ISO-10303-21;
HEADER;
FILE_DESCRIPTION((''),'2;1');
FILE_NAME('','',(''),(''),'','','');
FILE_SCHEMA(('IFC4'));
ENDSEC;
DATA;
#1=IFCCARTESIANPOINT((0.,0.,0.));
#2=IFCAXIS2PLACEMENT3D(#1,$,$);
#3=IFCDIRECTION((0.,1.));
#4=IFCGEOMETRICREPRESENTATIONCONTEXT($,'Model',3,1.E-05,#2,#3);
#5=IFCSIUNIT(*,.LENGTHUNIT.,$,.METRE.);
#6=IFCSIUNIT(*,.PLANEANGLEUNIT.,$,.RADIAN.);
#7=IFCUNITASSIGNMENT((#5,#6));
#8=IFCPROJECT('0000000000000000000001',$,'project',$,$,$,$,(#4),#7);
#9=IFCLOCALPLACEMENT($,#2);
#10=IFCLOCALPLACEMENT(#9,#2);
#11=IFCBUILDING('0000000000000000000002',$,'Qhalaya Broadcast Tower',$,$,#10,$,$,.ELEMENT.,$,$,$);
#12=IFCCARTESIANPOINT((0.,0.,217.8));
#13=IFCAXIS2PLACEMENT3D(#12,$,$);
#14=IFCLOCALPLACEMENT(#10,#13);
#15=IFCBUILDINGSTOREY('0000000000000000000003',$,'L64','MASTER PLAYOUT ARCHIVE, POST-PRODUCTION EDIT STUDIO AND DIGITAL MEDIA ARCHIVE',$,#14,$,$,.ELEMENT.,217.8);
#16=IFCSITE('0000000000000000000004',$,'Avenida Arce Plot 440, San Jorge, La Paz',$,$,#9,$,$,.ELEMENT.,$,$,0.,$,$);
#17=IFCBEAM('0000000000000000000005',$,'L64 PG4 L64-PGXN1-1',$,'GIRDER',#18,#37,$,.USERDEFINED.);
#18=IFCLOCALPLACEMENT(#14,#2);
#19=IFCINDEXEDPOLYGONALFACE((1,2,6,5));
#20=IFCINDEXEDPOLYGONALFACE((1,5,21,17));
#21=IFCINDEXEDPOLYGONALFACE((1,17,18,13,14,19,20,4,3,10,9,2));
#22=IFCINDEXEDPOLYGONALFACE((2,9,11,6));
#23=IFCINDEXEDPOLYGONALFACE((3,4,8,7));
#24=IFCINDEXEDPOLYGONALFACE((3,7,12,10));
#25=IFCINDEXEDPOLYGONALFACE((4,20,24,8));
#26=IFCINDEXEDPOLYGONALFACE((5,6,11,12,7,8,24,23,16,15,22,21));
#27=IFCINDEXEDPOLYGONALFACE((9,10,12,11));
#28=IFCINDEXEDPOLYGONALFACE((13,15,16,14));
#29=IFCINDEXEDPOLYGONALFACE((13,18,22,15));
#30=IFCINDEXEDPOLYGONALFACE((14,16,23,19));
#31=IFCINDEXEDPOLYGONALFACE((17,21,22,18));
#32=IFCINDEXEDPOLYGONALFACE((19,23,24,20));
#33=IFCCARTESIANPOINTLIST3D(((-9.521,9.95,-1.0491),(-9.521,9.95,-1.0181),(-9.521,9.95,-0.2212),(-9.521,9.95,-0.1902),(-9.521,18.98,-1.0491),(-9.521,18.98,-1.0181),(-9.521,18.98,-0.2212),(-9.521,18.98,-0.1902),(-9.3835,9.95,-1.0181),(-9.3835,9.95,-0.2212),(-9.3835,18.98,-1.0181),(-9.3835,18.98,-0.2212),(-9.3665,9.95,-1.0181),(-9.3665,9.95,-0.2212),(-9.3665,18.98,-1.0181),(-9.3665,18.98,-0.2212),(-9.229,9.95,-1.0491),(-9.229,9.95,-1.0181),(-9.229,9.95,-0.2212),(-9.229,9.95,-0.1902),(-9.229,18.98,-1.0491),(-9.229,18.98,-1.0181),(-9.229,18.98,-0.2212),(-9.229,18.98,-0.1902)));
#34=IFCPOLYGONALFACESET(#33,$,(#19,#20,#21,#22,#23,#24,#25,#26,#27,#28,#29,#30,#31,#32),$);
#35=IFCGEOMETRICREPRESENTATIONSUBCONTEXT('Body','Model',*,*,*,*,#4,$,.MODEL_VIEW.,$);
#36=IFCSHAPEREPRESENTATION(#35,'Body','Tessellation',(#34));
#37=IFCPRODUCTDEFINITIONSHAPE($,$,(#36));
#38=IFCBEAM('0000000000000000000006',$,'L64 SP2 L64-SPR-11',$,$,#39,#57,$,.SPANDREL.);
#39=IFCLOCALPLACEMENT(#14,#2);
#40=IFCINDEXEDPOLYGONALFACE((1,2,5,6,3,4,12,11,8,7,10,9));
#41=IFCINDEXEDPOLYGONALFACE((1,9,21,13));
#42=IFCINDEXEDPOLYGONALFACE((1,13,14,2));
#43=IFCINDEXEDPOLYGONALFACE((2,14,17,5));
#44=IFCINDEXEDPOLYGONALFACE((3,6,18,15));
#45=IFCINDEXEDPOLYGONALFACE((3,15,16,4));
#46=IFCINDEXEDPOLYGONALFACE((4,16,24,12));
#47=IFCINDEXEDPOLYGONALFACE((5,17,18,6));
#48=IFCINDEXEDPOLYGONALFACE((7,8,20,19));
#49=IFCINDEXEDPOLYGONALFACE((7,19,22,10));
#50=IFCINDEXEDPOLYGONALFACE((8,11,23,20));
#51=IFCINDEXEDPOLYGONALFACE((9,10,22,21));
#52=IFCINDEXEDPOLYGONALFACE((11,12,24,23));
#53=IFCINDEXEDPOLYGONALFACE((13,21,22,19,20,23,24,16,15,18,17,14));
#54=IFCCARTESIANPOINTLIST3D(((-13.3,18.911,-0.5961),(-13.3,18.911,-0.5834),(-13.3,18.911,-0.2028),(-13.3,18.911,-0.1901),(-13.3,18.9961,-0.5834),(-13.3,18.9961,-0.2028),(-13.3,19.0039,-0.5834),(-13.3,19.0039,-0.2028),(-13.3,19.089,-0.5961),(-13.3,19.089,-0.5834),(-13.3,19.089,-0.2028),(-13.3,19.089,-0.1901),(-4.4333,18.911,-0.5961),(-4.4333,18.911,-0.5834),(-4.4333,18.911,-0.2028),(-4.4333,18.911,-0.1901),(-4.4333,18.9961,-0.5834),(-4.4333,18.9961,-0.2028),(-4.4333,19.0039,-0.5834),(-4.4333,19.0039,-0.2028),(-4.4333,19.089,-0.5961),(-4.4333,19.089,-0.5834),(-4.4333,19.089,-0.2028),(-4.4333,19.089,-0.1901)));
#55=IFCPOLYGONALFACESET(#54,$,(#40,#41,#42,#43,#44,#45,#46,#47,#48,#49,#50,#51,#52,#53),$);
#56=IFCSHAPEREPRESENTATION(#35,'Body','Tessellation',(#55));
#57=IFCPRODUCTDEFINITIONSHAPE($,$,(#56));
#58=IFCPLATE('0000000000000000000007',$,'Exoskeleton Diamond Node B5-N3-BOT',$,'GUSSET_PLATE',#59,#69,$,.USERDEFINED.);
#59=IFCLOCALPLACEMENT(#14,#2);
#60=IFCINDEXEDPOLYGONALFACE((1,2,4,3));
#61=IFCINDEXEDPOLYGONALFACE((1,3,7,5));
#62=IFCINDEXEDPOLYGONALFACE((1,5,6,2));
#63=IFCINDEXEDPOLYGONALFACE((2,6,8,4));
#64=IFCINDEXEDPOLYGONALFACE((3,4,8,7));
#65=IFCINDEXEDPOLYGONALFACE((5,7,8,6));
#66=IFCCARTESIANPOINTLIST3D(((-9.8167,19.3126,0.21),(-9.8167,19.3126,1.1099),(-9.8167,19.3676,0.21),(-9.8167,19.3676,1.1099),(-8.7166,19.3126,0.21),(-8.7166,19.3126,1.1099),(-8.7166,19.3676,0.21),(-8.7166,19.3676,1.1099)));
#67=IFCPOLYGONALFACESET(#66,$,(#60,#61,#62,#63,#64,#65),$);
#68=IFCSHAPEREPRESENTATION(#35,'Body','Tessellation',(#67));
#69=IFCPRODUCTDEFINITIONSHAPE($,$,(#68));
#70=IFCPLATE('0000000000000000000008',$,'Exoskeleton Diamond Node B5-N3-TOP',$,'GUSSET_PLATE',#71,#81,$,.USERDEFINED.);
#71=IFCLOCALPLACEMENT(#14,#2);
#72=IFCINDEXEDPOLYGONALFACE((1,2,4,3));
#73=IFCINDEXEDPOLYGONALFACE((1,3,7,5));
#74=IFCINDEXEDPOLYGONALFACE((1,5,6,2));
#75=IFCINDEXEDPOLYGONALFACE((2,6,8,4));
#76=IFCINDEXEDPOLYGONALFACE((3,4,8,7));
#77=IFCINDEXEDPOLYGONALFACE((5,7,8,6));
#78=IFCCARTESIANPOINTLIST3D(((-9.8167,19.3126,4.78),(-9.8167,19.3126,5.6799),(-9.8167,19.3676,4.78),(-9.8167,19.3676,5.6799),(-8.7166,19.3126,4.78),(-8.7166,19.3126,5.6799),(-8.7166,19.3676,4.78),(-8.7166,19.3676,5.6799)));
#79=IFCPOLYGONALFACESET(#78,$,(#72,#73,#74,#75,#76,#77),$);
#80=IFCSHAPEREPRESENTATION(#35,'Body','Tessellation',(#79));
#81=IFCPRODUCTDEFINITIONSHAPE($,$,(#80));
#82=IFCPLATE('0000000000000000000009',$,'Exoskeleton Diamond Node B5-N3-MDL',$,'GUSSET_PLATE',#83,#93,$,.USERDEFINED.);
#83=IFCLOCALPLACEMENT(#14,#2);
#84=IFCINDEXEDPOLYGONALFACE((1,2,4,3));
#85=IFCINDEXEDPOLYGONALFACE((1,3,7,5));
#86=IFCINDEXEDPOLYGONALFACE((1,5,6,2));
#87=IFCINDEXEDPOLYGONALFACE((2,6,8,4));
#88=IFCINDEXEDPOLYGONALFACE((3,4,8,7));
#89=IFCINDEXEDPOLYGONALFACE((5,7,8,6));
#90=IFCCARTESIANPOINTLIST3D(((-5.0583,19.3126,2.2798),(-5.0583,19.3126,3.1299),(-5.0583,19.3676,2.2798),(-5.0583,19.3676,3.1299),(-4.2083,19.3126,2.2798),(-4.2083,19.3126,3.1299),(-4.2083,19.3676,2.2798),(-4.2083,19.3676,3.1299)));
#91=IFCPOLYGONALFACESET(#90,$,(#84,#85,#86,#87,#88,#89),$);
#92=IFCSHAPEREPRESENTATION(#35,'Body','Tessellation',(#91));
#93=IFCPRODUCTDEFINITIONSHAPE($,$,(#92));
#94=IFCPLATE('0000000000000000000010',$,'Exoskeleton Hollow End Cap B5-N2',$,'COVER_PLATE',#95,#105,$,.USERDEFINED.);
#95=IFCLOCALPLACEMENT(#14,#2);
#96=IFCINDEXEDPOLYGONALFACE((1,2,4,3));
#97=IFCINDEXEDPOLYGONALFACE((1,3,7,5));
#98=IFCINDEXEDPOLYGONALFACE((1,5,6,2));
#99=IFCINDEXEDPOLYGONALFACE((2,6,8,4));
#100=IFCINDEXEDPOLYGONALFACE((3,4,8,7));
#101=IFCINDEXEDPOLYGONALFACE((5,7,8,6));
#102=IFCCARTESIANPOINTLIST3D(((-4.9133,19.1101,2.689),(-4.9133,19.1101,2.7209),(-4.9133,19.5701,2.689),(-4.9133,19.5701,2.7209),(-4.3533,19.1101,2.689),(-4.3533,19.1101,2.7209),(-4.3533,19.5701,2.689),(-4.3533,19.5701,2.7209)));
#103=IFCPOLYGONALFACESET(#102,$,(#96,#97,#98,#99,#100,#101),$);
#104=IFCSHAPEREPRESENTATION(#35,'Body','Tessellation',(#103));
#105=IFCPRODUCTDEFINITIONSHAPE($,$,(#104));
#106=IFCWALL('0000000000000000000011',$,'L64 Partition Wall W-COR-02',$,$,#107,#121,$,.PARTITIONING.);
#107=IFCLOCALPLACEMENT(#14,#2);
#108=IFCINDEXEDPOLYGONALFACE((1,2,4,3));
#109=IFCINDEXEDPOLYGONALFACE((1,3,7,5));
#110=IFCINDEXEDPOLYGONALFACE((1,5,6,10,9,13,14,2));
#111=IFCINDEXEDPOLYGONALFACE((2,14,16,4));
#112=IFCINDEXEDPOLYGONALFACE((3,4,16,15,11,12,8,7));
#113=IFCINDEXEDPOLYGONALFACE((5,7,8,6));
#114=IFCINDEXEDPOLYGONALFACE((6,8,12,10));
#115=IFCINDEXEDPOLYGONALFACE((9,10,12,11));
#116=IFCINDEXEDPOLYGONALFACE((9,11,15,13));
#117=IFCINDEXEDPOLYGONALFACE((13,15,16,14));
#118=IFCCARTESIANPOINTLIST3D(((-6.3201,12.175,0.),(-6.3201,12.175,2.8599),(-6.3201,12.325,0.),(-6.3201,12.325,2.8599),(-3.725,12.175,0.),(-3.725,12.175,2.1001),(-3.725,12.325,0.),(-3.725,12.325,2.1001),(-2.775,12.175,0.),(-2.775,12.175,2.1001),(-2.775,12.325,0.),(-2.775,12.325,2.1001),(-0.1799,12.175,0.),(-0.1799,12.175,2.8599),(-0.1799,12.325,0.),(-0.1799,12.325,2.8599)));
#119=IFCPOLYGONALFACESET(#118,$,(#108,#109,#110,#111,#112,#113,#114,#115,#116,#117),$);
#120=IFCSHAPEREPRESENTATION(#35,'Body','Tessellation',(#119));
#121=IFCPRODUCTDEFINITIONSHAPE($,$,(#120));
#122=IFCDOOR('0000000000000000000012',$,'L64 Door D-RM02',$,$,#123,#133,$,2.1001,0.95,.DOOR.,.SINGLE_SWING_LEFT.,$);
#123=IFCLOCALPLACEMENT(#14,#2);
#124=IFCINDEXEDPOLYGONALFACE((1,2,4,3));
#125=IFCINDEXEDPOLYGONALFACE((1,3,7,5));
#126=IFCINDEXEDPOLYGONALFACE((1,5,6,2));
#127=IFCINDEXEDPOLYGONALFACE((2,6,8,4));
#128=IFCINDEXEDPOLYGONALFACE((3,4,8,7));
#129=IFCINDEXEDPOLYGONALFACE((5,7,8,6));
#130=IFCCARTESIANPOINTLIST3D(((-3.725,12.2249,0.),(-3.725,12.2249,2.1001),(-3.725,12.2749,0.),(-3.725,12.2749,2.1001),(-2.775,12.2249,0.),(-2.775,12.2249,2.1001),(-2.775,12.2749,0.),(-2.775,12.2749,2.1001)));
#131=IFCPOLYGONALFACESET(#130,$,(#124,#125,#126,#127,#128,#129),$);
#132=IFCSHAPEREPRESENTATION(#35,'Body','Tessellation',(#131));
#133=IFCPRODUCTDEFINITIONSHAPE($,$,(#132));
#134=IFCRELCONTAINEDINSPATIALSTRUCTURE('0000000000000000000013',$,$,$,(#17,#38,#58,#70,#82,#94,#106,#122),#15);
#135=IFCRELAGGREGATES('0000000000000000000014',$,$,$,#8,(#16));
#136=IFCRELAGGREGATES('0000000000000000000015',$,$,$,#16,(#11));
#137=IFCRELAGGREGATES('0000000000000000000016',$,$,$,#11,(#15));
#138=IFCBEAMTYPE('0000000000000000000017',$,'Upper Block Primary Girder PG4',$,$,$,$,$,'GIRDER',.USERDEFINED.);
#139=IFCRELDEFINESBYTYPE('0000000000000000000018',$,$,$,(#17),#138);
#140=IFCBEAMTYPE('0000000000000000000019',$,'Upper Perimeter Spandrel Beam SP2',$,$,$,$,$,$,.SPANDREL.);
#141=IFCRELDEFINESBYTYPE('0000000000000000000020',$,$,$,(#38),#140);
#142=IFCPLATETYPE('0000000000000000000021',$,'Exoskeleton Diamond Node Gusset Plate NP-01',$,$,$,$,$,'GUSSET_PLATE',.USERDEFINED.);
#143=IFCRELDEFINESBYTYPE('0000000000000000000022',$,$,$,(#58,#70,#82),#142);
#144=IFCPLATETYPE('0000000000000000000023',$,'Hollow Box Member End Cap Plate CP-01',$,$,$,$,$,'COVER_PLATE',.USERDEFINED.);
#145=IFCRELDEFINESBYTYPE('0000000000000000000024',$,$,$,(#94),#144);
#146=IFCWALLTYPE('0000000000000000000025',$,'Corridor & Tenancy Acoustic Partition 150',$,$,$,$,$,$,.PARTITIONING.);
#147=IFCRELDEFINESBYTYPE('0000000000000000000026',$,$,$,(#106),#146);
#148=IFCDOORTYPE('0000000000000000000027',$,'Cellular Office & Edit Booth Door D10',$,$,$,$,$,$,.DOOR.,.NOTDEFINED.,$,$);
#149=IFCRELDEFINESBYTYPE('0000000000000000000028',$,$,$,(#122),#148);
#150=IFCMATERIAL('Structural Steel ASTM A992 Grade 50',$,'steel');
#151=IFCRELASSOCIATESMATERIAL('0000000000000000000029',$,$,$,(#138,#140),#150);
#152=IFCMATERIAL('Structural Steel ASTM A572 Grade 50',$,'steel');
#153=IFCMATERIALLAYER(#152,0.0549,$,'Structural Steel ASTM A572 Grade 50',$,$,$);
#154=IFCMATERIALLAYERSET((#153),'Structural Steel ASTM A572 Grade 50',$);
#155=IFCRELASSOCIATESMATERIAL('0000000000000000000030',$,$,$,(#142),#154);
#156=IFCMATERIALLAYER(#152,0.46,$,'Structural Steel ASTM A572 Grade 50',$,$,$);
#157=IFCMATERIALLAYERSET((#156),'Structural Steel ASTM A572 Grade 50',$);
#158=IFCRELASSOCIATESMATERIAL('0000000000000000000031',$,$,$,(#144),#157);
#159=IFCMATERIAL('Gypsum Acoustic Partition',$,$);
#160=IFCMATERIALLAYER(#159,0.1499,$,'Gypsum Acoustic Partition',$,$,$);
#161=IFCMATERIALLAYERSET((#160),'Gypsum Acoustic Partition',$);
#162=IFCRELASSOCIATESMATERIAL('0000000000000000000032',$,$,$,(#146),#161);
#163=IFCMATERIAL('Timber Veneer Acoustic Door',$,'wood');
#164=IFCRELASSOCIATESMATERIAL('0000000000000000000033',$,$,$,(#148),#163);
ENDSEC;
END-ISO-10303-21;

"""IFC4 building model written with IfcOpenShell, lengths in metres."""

from ifc_helpers import new_model, si_unit, direction, frame, frame_2d, origin, origin_2d, place, context, subcontext, project, spatial, rectangle, i_section, extrude, material, layer, layer_set, material_profile, profile_set, type_object, element, fill, save


model = new_model("IFC4")

# Units and contexts
model_context = context("Model", 3, precision=1e-05, world=origin(), true_north=direction((0.0, 1.0)))
body_context = subcontext(model_context, "Body", "Model", "MODEL_VIEW")
ifc_project = project(units=[si_unit("LENGTHUNIT", "METRE"), si_unit("PLANEANGLEUNIT", "RADIAN")], contexts=[model_context])

# Site, building, storey
site_placement = place(None, origin())
site = spatial("IfcSite", under=ifc_project, at=site_placement, Name="Avenida Arce Plot 440, San Jorge, La Paz", CompositionType="ELEMENT", RefElevation=0.0)
building_placement = place(site_placement, origin())
building = spatial("IfcBuilding", under=site, at=building_placement, Name="Qhalaya Broadcast Tower", CompositionType="ELEMENT")
storey_placement = place(building_placement, frame((0.0, 0.0, 217.8)))
storey = spatial("IfcBuildingStorey", under=building, at=storey_placement, Name="L64", Description="MASTER PLAYOUT ARCHIVE, POST-PRODUCTION EDIT STUDIO AND DIGITAL MEDIA ARCHIVE", CompositionType="ELEMENT", Elevation=217.8)

# Shared definitions
ifc_material_1 = material(Name="Structural Steel ASTM A572 Grade 50", Category="steel")

# Shared definitions
ifc_material_2 = material(Name="Structural Steel ASTM A992 Grade 50", Category="steel")

# Beams
ifc_material_profile_1 = material_profile(ifc_material_2, i_section(OverallWidth=0.292, OverallDepth=0.8589, WebThickness=0.0171, FlangeThickness=0.031, at=origin_2d()), Name="W33X169")
ifc_profile_set_1 = profile_set([ifc_material_profile_1], Name="Structural Steel ASTM A992 Grade 50")
beam_type_1 = type_object("IfcBeamType", Name="Upper Block Primary Girder PG4", ElementType="GIRDER", PredefinedType="USERDEFINED", material=ifc_profile_set_1)
beam_1_placement = place(storey_placement, frame((-9.375, 9.95, -0.6196), z_axis=(0.0, 1.0, 0.0), x_axis=(-1.0, 0.0, 0.0)))
element("IfcBeam", 1, at=beam_1_placement, inside=storey, type_object=beam_type_1, Name="L64 PG4 L64-PGXN1-1", ObjectType="GIRDER", PredefinedType="USERDEFINED", context=body_context, shape_type="SweptSolid", body=[
    extrude(i_section(OverallWidth=0.292, OverallDepth=0.8589, WebThickness=0.0171, FlangeThickness=0.031, at=origin_2d()), origin(), (0.0, 0.0, 1.0), 9.03),
])
ifc_material_profile_2 = material_profile(ifc_material_2, i_section(OverallWidth=0.178, OverallDepth=0.406, WebThickness=0.0078, FlangeThickness=0.0127, at=origin_2d()), Name="W16X40")
ifc_profile_set_2 = profile_set([ifc_material_profile_2], Name="Structural Steel ASTM A992 Grade 50")
beam_type_2 = type_object("IfcBeamType", Name="Upper Perimeter Spandrel Beam SP2", PredefinedType="SPANDREL", material=ifc_profile_set_2)
beam_2_placement = place(storey_placement, frame((-4.4333, 19.0, -0.3931), z_axis=(-1.0, 0.0, 0.0), x_axis=(0.0, -1.0, 0.0)))
element("IfcBeam", 2, at=beam_2_placement, inside=storey, type_object=beam_type_2, Name="L64 SP2 L64-SPR-11", PredefinedType="SPANDREL", context=body_context, shape_type="SweptSolid", body=[
    extrude(i_section(OverallWidth=0.178, OverallDepth=0.406, WebThickness=0.0078, FlangeThickness=0.0127, at=origin_2d()), origin(), (0.0, 0.0, 1.0), 8.8667),
])

# Plates
ifc_layer_1 = layer(ifc_material_1, 0.0549, Name="Structural Steel ASTM A572 Grade 50")
ifc_layer_set_1 = layer_set([ifc_layer_1], Name="Structural Steel ASTM A572 Grade 50")
plate_type_1 = type_object("IfcPlateType", Name="Exoskeleton Diamond Node Gusset Plate NP-01", ElementType="GUSSET_PLATE", PredefinedType="USERDEFINED", material=ifc_layer_set_1)
for number, where, z_axis, x_axis, name in (
    (3, (-9.2666, 19.3401, 0.21), (0.0, 0.0, 1.0), (1.0, 0.0, 0.0), "Exoskeleton Diamond Node B5-N3-BOT"),
    (4, (-9.2666, 19.3401, 4.78), (0.0, 0.0, 1.0), (1.0, 0.0, 0.0), "Exoskeleton Diamond Node B5-N3-TOP"),
):
    element("IfcPlate", number, at=place(storey_placement, frame(where, z_axis=z_axis, x_axis=x_axis)), inside=storey, type_object=plate_type_1, Name=name, ObjectType="GUSSET_PLATE", PredefinedType="USERDEFINED", context=body_context, shape_type="SweptSolid", body=[
        extrude(rectangle(XDim=1.1001, YDim=0.0549, at=origin_2d()), origin(), (0.0, 0.0, 1.0), 0.8999),
    ])
plate_1_placement = place(storey_placement, frame((-4.6333, 19.3401, 2.2798), z_axis=(0.0, 0.0, 1.0), x_axis=(1.0, 0.0, 0.0)))
element("IfcPlate", 5, at=plate_1_placement, inside=storey, type_object=plate_type_1, Name="Exoskeleton Diamond Node B5-N3-MDL", ObjectType="GUSSET_PLATE", PredefinedType="USERDEFINED", context=body_context, shape_type="SweptSolid", body=[
    extrude(rectangle(XDim=0.8501, YDim=0.0549, at=origin_2d()), origin(), (0.0, 0.0, 1.0), 0.8501),
])
ifc_layer_2 = layer(ifc_material_1, 0.46, Name="Structural Steel ASTM A572 Grade 50")
ifc_layer_set_2 = layer_set([ifc_layer_2], Name="Structural Steel ASTM A572 Grade 50")
plate_type_2 = type_object("IfcPlateType", Name="Hollow Box Member End Cap Plate CP-01", ElementType="COVER_PLATE", PredefinedType="USERDEFINED", material=ifc_layer_set_2)
plate_2_placement = place(storey_placement, frame((-4.6333, 19.3401, 2.689), z_axis=(0.0, 0.0, 1.0), x_axis=(1.0, 0.0, 0.0)))
element("IfcPlate", 6, at=plate_2_placement, inside=storey, type_object=plate_type_2, Name="Exoskeleton Hollow End Cap B5-N2", ObjectType="COVER_PLATE", PredefinedType="USERDEFINED", context=body_context, shape_type="SweptSolid", body=[
    extrude(rectangle(XDim=0.5601, YDim=0.46, at=origin_2d()), origin(), (0.0, 0.0, 1.0), 0.032),
])

# Wall, opening, door
ifc_material_3 = material(Name="Gypsum Acoustic Partition")
ifc_layer_3 = layer(ifc_material_3, 0.1499, Name="Gypsum Acoustic Partition")
ifc_layer_set_3 = layer_set([ifc_layer_3], Name="Gypsum Acoustic Partition")
wall_type_1 = type_object("IfcWallType", Name="Corridor & Tenancy Acoustic Partition 150", PredefinedType="PARTITIONING", material=ifc_layer_set_3)
wall_1_placement = place(storey_placement, frame((-6.3201, 12.25, 0.0), z_axis=(0.0, 0.0, 1.0), x_axis=(1.0, 0.0, 0.0)))
wall_1 = element("IfcWall", 7, at=wall_1_placement, inside=storey, type_object=wall_type_1, Name="L64 Partition Wall W-COR-02", PredefinedType="PARTITIONING", context=body_context, shape_type="SweptSolid", body=[
    extrude(rectangle(XDim=6.1401, YDim=0.1499, at=frame_2d((3.0701, 0.0))), origin(), (0.0, 0.0, 1.0), 2.8599),
])
opening_1_placement = place(wall_1_placement, frame((2.595, 0.0, 0.0)))
opening_1 = element("IfcOpeningElement", 8, at=opening_1_placement, cuts=wall_1, PredefinedType="OPENING", context=body_context, shape_type="SweptSolid", body=[
    extrude(rectangle(XDim=0.95, YDim=2.1001, at=frame_2d((0.4751, 1.05))), frame((0.0, 0.0869, 0.0), z_axis=(0.0, -1.0, 0.0), x_axis=(1.0, 0.0, 0.0)), (0.0, 0.0, 1.0), 0.1738),
])
ifc_material_4 = material(Name="Timber Veneer Acoustic Door", Category="wood")
door_type = type_object("IfcDoorType", Name="Cellular Office & Edit Booth Door D10", OperationType="NOTDEFINED", PredefinedType="DOOR", material=ifc_material_4)
door_placement = place(opening_1_placement, origin())
door = element("IfcDoor", 9, at=door_placement, inside=storey, type_object=door_type, Name="L64 Door D-RM02", OperationType="SINGLE_SWING_LEFT", OverallHeight=2.1001, OverallWidth=0.95, PredefinedType="DOOR", context=body_context, shape_type="SweptSolid", body=[
    extrude(rectangle(XDim=0.95, YDim=2.1001, at=frame_2d((0.4751, 1.05))), frame((0.0, 0.0249, 0.0), z_axis=(0.0, -1.0, 0.0), x_axis=(1.0, 0.0, 0.0)), (0.0, 0.0, 1.0), 0.05),
])
fill(opening_1, door)

save(model, "model.ifc")
